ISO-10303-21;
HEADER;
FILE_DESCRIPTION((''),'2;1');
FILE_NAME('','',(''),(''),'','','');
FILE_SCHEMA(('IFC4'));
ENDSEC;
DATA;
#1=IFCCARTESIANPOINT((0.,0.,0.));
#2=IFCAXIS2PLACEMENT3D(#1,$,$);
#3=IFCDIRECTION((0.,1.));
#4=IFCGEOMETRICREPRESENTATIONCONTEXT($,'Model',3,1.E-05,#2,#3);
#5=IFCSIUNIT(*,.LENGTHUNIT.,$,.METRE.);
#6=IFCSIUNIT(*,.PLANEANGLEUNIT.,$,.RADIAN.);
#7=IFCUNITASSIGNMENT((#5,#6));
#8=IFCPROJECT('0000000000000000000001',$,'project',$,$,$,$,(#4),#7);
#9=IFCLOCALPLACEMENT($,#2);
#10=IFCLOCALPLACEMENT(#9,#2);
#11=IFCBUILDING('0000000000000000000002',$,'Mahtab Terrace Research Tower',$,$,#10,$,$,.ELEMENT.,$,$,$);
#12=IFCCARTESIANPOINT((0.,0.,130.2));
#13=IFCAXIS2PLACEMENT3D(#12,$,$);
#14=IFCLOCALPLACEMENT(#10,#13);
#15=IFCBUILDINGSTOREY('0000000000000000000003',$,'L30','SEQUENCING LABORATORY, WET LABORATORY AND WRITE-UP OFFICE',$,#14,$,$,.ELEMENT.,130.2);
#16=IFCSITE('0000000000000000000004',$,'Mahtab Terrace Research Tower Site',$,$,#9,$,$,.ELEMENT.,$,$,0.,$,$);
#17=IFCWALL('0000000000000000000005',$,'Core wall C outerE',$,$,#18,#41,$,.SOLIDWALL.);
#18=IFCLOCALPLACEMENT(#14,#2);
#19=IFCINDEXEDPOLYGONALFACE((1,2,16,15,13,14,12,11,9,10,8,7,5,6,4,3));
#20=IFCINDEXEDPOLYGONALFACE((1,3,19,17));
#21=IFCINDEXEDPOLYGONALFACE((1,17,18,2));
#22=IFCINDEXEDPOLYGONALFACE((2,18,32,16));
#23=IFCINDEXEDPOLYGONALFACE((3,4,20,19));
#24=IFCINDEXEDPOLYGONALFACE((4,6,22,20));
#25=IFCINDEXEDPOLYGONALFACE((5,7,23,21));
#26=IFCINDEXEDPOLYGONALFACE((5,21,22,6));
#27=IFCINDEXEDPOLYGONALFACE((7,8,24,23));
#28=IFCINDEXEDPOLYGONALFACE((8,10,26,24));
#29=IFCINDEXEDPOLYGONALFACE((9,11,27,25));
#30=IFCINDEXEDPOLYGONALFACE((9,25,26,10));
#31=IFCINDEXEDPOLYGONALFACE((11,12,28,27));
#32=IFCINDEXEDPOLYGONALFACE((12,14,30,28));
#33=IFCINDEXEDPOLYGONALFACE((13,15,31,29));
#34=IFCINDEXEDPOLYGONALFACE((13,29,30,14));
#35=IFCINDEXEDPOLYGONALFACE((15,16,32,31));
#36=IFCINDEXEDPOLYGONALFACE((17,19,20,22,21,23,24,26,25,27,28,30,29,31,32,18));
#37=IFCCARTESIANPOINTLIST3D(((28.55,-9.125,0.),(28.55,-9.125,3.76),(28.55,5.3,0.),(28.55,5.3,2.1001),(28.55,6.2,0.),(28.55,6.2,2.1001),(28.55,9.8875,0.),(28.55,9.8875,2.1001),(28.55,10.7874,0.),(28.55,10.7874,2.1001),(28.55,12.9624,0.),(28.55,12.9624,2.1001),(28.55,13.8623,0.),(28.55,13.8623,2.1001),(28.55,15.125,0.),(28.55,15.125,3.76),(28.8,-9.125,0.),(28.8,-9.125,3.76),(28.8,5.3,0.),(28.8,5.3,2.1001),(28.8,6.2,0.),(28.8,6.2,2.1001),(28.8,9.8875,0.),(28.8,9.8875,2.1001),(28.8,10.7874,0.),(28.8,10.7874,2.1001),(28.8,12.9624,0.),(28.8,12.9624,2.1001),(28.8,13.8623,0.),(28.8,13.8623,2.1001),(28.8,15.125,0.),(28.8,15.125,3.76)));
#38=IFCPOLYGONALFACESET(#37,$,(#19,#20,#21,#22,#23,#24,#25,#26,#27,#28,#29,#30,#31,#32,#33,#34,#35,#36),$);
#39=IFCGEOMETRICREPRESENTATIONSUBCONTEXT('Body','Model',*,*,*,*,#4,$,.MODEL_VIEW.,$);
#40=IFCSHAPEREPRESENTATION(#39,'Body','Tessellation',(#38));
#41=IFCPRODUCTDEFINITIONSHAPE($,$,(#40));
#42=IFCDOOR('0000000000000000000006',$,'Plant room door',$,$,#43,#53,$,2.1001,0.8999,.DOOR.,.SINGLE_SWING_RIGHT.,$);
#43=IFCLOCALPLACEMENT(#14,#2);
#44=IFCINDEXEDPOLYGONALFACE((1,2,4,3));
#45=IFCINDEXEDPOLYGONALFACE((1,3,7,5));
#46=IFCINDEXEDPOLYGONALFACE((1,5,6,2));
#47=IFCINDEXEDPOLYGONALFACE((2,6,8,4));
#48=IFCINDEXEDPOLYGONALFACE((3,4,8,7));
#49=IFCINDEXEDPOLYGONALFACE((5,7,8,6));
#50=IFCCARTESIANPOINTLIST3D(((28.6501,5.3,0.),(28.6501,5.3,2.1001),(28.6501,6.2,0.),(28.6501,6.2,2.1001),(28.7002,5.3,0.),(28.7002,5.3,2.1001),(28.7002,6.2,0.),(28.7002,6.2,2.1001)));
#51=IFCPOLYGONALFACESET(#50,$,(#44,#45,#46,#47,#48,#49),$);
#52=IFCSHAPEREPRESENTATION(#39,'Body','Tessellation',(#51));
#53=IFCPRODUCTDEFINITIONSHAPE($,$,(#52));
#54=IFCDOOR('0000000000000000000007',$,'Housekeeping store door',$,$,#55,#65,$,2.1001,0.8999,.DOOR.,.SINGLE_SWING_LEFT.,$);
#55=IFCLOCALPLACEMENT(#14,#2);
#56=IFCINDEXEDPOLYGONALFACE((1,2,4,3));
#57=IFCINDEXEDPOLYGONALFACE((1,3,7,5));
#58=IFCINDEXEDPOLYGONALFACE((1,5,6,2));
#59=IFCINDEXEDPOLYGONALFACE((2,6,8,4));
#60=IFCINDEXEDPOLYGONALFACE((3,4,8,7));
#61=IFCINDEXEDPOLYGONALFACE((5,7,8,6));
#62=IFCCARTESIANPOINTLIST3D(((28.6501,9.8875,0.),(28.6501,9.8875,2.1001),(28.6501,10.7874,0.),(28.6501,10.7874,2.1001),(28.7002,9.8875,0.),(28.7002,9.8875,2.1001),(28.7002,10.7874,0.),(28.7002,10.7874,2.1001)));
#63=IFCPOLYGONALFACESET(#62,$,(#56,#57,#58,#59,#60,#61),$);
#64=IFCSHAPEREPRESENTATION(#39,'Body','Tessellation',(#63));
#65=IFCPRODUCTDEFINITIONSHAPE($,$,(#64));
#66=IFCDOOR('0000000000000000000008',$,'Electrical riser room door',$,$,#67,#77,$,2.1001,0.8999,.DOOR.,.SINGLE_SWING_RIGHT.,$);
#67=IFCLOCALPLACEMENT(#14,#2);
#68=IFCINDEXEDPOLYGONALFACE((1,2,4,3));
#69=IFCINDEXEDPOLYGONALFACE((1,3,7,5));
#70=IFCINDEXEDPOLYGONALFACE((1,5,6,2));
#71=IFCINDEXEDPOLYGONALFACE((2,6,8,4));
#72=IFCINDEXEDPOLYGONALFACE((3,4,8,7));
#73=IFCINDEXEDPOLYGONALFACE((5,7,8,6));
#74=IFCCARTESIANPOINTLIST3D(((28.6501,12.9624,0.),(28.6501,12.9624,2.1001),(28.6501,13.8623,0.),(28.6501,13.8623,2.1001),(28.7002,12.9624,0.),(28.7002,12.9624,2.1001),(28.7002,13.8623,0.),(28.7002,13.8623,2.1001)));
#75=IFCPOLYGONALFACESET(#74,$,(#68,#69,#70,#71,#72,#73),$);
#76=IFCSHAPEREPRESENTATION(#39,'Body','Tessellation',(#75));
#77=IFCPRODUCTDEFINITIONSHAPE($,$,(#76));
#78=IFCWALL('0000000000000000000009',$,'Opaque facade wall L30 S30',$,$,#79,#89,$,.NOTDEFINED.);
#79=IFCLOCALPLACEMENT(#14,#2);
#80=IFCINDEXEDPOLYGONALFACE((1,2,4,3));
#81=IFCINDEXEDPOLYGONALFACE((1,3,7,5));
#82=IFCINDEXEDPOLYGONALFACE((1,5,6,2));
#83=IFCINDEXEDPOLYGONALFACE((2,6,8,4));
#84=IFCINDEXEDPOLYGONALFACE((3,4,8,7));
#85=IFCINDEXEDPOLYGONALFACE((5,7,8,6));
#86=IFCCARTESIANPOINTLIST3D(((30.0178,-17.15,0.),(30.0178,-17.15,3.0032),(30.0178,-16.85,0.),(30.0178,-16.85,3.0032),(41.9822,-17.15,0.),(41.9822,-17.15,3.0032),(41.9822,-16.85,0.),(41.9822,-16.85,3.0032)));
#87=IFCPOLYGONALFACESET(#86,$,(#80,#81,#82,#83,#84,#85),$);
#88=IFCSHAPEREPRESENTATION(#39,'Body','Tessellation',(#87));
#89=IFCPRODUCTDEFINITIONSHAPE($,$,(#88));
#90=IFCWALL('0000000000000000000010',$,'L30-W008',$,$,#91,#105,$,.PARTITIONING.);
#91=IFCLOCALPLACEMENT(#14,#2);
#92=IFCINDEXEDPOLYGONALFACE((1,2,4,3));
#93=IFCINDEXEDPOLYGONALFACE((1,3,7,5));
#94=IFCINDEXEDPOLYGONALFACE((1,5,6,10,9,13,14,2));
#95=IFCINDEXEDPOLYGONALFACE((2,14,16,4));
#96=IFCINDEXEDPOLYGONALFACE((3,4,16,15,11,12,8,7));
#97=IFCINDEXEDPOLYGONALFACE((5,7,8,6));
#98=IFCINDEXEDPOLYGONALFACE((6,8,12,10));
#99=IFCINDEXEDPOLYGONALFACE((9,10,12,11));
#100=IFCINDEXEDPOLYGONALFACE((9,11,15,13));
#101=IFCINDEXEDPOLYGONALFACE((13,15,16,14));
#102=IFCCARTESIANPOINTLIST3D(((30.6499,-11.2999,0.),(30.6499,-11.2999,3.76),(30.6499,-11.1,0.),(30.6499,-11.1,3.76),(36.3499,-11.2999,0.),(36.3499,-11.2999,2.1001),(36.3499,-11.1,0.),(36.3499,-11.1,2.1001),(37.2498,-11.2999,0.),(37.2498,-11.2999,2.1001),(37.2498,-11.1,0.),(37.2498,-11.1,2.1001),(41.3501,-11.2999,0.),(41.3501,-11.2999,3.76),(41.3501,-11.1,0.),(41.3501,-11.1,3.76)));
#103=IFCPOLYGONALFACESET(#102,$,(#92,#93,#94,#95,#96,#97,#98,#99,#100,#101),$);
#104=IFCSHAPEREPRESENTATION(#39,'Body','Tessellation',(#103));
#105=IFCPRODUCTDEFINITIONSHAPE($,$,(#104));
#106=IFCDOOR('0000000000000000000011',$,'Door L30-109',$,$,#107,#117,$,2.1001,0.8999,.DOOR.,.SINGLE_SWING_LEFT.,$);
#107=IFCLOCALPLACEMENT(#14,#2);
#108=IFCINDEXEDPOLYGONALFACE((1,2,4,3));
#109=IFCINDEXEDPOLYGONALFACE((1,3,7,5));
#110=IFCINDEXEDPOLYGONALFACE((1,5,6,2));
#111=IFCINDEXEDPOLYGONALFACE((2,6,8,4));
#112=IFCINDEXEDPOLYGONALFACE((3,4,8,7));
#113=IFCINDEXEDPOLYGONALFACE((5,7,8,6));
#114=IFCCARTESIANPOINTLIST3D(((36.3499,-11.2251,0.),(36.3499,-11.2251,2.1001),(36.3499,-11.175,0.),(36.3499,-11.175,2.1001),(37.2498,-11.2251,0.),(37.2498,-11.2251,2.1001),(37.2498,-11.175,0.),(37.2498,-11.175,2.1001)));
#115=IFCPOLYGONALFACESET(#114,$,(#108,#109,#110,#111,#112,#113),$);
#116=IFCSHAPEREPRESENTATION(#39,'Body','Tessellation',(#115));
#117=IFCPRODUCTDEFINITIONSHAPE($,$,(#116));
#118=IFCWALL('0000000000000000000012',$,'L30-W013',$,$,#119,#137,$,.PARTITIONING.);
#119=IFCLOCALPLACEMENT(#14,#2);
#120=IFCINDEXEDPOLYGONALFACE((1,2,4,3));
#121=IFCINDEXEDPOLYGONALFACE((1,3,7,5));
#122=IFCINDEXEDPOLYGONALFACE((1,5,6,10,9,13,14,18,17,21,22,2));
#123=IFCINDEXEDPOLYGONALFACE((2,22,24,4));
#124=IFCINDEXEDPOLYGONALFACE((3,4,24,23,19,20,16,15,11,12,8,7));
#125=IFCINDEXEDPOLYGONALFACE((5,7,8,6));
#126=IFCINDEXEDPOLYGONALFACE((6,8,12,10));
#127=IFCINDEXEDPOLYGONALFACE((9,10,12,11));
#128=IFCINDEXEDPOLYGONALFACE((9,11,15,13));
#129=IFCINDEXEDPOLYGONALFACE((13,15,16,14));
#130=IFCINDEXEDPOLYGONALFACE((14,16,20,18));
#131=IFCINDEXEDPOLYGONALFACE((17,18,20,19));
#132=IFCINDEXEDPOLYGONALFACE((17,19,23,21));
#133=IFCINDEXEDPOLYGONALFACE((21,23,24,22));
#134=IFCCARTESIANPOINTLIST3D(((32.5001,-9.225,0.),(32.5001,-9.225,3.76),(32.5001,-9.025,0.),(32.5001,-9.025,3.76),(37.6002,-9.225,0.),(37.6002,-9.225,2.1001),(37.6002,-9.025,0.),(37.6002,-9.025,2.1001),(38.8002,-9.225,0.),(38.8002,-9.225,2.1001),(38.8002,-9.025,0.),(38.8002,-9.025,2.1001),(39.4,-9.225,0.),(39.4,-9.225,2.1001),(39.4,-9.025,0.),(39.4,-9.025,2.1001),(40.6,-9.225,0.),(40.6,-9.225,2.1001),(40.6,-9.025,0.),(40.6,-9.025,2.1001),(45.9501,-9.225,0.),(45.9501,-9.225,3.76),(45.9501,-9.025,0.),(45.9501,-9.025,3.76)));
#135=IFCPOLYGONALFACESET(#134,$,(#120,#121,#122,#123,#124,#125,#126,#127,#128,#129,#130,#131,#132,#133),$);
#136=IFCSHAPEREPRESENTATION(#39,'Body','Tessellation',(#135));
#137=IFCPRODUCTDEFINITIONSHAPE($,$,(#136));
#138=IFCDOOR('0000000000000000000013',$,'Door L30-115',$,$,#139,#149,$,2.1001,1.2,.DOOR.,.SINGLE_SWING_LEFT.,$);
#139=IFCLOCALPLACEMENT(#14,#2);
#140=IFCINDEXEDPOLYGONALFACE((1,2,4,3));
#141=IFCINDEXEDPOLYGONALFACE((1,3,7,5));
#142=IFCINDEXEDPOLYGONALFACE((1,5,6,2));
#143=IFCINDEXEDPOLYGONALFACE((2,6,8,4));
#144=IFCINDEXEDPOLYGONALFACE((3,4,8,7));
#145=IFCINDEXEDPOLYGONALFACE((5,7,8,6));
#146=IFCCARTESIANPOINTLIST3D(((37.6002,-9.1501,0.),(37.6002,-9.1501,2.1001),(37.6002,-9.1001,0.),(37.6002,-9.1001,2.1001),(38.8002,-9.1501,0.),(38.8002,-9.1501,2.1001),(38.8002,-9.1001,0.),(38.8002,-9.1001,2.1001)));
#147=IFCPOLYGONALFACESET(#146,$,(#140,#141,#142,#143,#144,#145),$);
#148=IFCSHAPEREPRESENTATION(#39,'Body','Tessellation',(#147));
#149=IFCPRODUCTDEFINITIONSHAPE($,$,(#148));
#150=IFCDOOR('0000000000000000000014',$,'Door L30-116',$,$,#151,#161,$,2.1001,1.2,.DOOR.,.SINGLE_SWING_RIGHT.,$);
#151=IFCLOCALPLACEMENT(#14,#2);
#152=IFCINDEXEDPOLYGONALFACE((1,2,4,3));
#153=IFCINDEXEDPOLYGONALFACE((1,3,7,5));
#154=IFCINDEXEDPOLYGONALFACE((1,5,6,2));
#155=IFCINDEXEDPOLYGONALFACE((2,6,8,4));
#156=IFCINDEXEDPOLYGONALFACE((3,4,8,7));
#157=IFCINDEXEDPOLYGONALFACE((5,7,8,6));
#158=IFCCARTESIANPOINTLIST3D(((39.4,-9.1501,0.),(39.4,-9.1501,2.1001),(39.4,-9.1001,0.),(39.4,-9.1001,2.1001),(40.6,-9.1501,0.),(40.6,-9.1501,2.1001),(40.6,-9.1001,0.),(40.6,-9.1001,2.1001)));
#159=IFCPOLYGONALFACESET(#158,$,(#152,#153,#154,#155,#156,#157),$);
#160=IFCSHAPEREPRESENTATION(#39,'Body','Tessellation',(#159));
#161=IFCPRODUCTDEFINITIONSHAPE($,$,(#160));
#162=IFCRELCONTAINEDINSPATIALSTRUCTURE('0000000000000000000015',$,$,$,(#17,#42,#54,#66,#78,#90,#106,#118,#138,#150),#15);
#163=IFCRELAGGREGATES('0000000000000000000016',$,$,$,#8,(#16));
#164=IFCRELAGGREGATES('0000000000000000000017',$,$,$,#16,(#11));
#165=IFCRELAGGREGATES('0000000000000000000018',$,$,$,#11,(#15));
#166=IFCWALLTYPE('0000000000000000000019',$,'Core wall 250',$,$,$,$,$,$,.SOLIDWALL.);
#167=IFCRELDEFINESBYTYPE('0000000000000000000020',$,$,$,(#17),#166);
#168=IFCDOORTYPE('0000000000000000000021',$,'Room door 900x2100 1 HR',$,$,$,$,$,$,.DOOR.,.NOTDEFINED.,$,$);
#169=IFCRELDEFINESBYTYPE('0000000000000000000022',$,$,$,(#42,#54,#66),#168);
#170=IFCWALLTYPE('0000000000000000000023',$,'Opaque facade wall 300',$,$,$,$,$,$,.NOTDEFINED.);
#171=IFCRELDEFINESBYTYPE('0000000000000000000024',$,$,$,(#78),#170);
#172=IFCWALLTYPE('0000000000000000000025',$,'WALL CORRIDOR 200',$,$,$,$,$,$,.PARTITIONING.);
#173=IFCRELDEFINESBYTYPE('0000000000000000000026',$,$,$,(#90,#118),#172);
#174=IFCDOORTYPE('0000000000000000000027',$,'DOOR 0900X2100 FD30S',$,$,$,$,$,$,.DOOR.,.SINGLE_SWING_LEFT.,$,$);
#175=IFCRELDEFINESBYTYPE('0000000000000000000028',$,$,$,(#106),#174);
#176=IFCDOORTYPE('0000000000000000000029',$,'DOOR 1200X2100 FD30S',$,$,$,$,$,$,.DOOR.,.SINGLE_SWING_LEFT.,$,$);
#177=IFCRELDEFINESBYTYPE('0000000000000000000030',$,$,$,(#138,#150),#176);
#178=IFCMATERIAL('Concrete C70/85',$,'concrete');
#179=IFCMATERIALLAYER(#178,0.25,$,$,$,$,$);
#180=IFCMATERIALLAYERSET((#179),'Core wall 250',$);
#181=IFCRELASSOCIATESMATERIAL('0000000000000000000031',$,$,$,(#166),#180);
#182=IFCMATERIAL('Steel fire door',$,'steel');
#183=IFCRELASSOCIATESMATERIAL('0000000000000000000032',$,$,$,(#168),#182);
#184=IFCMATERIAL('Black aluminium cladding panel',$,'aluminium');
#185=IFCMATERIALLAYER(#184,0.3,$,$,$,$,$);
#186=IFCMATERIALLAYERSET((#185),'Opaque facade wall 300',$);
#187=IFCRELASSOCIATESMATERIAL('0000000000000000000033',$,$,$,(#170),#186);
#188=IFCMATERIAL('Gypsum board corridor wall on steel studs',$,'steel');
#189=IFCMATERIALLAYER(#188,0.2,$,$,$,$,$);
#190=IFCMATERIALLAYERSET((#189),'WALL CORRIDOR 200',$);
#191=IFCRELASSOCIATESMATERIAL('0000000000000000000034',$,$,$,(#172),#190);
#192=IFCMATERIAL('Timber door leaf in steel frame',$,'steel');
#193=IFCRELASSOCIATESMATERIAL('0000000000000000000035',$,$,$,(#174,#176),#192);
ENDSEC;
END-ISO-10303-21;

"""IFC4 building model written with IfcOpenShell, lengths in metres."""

from ifc_helpers import new_model, si_unit, direction, frame, frame_2d, origin, place, context, subcontext, project, spatial, rectangle, extrude, material, layer, layer_set, type_object, element, fill, save


model = new_model("IFC4")

# Units and contexts
model_context = context("Model", 3, precision=1e-05, world=origin(), true_north=direction((0.0, 1.0)))
body_context = subcontext(model_context, "Body", "Model", "MODEL_VIEW")
ifc_project = project(units=[si_unit("LENGTHUNIT", "METRE"), si_unit("PLANEANGLEUNIT", "RADIAN")], contexts=[model_context])

# Site, building, storey
site_placement = place(None, origin())
site = spatial("IfcSite", under=ifc_project, at=site_placement, Name="Mahtab Terrace Research Tower Site", CompositionType="ELEMENT", RefElevation=0.0)
building_placement = place(site_placement, origin())
building = spatial("IfcBuilding", under=site, at=building_placement, Name="Mahtab Terrace Research Tower", CompositionType="ELEMENT")
storey_placement = place(building_placement, frame((0.0, 0.0, 130.2)))
storey = spatial("IfcBuildingStorey", under=building, at=storey_placement, Name="L30", Description="SEQUENCING LABORATORY, WET LABORATORY AND WRITE-UP OFFICE", CompositionType="ELEMENT", Elevation=130.2)

# Shared definitions
ifc_material_1 = material(Name="Concrete C70/85", Category="concrete")

# Wall, openings, doors
ifc_layer_1 = layer(ifc_material_1, 0.25)
ifc_layer_set_1 = layer_set([ifc_layer_1], Name="Core wall 250")
wall_type_1 = type_object("IfcWallType", Name="Core wall 250", PredefinedType="SOLIDWALL", material=ifc_layer_set_1)
wall_1_placement = place(storey_placement, frame((28.675, -9.125, 0.0), z_axis=(0.0, 0.0, 1.0), x_axis=(0.0, 1.0, 0.0)))
wall_1 = element("IfcWall", 1, at=wall_1_placement, inside=storey, type_object=wall_type_1, Name="Core wall C outerE", PredefinedType="SOLIDWALL", context=body_context, shape_type="SweptSolid", body=[
    extrude(rectangle(XDim=24.25, YDim=0.25, at=frame_2d((12.125, 0.0))), origin(), (0.0, 0.0, 1.0), 3.76),
])
opening_1_placement = place(wall_1_placement, frame((14.425, 0.0, 0.0)))
opening_1 = element("IfcOpeningElement", 2, at=opening_1_placement, cuts=wall_1, PredefinedType="OPENING", context=body_context, shape_type="SweptSolid", body=[
    extrude(rectangle(XDim=0.8999, YDim=2.1001, at=frame_2d((0.45, 1.05))), frame((0.0, 0.135, 0.0), z_axis=(0.0, -1.0, 0.0), x_axis=(1.0, 0.0, 0.0)), (0.0, 0.0, 1.0), 0.27),
])
opening_2_placement = place(wall_1_placement, frame((19.0125, 0.0, 0.0)))
opening_2 = element("IfcOpeningElement", 3, at=opening_2_placement, cuts=wall_1, PredefinedType="OPENING", context=body_context, shape_type="SweptSolid", body=[
    extrude(rectangle(XDim=0.8999, YDim=2.1001, at=frame_2d((0.45, 1.05))), frame((0.0, 0.135, 0.0), z_axis=(0.0, -1.0, 0.0), x_axis=(1.0, 0.0, 0.0)), (0.0, 0.0, 1.0), 0.27),
])
opening_3_placement = place(wall_1_placement, frame((22.0874, 0.0, 0.0)))
opening_3 = element("IfcOpeningElement", 4, at=opening_3_placement, cuts=wall_1, PredefinedType="OPENING", context=body_context, shape_type="SweptSolid", body=[
    extrude(rectangle(XDim=0.8999, YDim=2.1001, at=frame_2d((0.45, 1.05))), frame((0.0, 0.135, 0.0), z_axis=(0.0, -1.0, 0.0), x_axis=(1.0, 0.0, 0.0)), (0.0, 0.0, 1.0), 0.27),
])
ifc_material_2 = material(Name="Steel fire door", Category="steel")
door_type_1 = type_object("IfcDoorType", Name="Room door 900x2100 1 HR", OperationType="NOTDEFINED", PredefinedType="DOOR", material=ifc_material_2)
door_1_placement = place(opening_1_placement, origin())
door_1 = element("IfcDoor", 5, at=door_1_placement, inside=storey, type_object=door_type_1, Name="Plant room door", OperationType="SINGLE_SWING_RIGHT", OverallHeight=2.1001, OverallWidth=0.8999, PredefinedType="DOOR", context=body_context, shape_type="SweptSolid", body=[
    extrude(rectangle(XDim=0.8999, YDim=2.1001, at=frame_2d((0.45, 1.05))), frame((0.0, 0.0249, 0.0), z_axis=(0.0, -1.0, 0.0), x_axis=(1.0, 0.0, 0.0)), (0.0, 0.0, 1.0), 0.05),
])
fill(opening_1, door_1)
door_2_placement = place(opening_2_placement, origin())
door_2 = element("IfcDoor", 6, at=door_2_placement, inside=storey, type_object=door_type_1, Name="Housekeeping store door", OperationType="SINGLE_SWING_LEFT", OverallHeight=2.1001, OverallWidth=0.8999, PredefinedType="DOOR", context=body_context, shape_type="SweptSolid", body=[
    extrude(rectangle(XDim=0.8999, YDim=2.1001, at=frame_2d((0.45, 1.05))), frame((0.0, 0.0249, 0.0), z_axis=(0.0, -1.0, 0.0), x_axis=(1.0, 0.0, 0.0)), (0.0, 0.0, 1.0), 0.05),
])
fill(opening_2, door_2)
door_3_placement = place(opening_3_placement, origin())
door_3 = element("IfcDoor", 7, at=door_3_placement, inside=storey, type_object=door_type_1, Name="Electrical riser room door", OperationType="SINGLE_SWING_RIGHT", OverallHeight=2.1001, OverallWidth=0.8999, PredefinedType="DOOR", context=body_context, shape_type="SweptSolid", body=[
    extrude(rectangle(XDim=0.8999, YDim=2.1001, at=frame_2d((0.45, 1.05))), frame((0.0, 0.0249, 0.0), z_axis=(0.0, -1.0, 0.0), x_axis=(1.0, 0.0, 0.0)), (0.0, 0.0, 1.0), 0.05),
])
fill(opening_3, door_3)

# Wall
ifc_material_3 = material(Name="Black aluminium cladding panel", Category="aluminium")
ifc_layer_2 = layer(ifc_material_3, 0.3)
ifc_layer_set_2 = layer_set([ifc_layer_2], Name="Opaque facade wall 300")
wall_type_2 = type_object("IfcWallType", Name="Opaque facade wall 300", PredefinedType="NOTDEFINED", material=ifc_layer_set_2)
wall_2_placement = place(storey_placement, frame((30.0178, -17.0, 0.0), z_axis=(0.0, 0.0, 1.0), x_axis=(1.0, 0.0, 0.0)))
element("IfcWall", 8, at=wall_2_placement, inside=storey, type_object=wall_type_2, Name="Opaque facade wall L30 S30", PredefinedType="NOTDEFINED", context=body_context, shape_type="SweptSolid", body=[
    extrude(rectangle(XDim=11.9644, YDim=0.3, at=frame_2d((5.9822, 0.0))), origin(), (0.0, 0.0, 1.0), 3.0032),
])

# Wall, opening, door
ifc_material_4 = material(Name="Gypsum board corridor wall on steel studs", Category="steel")
ifc_layer_3 = layer(ifc_material_4, 0.2)
ifc_layer_set_3 = layer_set([ifc_layer_3], Name="WALL CORRIDOR 200")
wall_type_3 = type_object("IfcWallType", Name="WALL CORRIDOR 200", PredefinedType="PARTITIONING", material=ifc_layer_set_3)
wall_3_placement = place(storey_placement, frame((30.6499, -11.2, 0.0), z_axis=(0.0, 0.0, 1.0), x_axis=(1.0, 0.0, 0.0)))
wall_3 = element("IfcWall", 9, at=wall_3_placement, inside=storey, type_object=wall_type_3, Name="L30-W008", PredefinedType="PARTITIONING", context=body_context, shape_type="SweptSolid", body=[
    extrude(rectangle(XDim=10.7002, YDim=0.2, at=frame_2d((5.3501, 0.0))), origin(), (0.0, 0.0, 1.0), 3.76),
])
opening_4_placement = place(wall_3_placement, frame((5.7, 0.0, 0.0)))
opening_4 = element("IfcOpeningElement", 10, at=opening_4_placement, cuts=wall_3, PredefinedType="OPENING", context=body_context, shape_type="SweptSolid", body=[
    extrude(rectangle(XDim=0.8999, YDim=2.1001, at=frame_2d((0.45, 1.05))), frame((0.0, 0.1099, 0.0), z_axis=(0.0, -1.0, 0.0), x_axis=(1.0, 0.0, 0.0)), (0.0, 0.0, 1.0), 0.22),
])
ifc_material_5 = material(Name="Timber door leaf in steel frame", Category="steel")
door_type_2 = type_object("IfcDoorType", Name="DOOR 0900X2100 FD30S", OperationType="SINGLE_SWING_LEFT", PredefinedType="DOOR", material=ifc_material_5)
door_4_placement = place(opening_4_placement, origin())
door_4 = element("IfcDoor", 11, at=door_4_placement, inside=storey, type_object=door_type_2, Name="Door L30-109", OperationType="SINGLE_SWING_LEFT", OverallHeight=2.1001, OverallWidth=0.8999, PredefinedType="DOOR", context=body_context, shape_type="SweptSolid", body=[
    extrude(rectangle(XDim=0.8999, YDim=2.1001, at=frame_2d((0.45, 1.05))), frame((0.0, 0.0249, 0.0), z_axis=(0.0, -1.0, 0.0), x_axis=(1.0, 0.0, 0.0)), (0.0, 0.0, 1.0), 0.05),
])
fill(opening_4, door_4)

# Wall, openings, doors
wall_4_placement = place(storey_placement, frame((32.5, -9.125, 0.0), z_axis=(0.0, 0.0, 1.0), x_axis=(1.0, 0.0, 0.0)))
wall_4 = element("IfcWall", 12, at=wall_4_placement, inside=storey, type_object=wall_type_3, Name="L30-W013", PredefinedType="PARTITIONING", context=body_context, shape_type="SweptSolid", body=[
    extrude(rectangle(XDim=13.45, YDim=0.2, at=frame_2d((6.7251, 0.0))), origin(), (0.0, 0.0, 1.0), 3.76),
])
opening_5_placement = place(wall_4_placement, frame((5.1001, 0.0, 0.0)))
opening_5 = element("IfcOpeningElement", 13, at=opening_5_placement, cuts=wall_4, PredefinedType="OPENING", context=body_context, shape_type="SweptSolid", body=[
    extrude(rectangle(XDim=1.2, YDim=2.1001, at=frame_2d((0.6001, 1.05))), frame((0.0, 0.1099, 0.0), z_axis=(0.0, -1.0, 0.0), x_axis=(1.0, 0.0, 0.0)), (0.0, 0.0, 1.0), 0.22),
])
opening_6_placement = place(wall_4_placement, frame((6.8999, 0.0, 0.0)))
opening_6 = element("IfcOpeningElement", 14, at=opening_6_placement, cuts=wall_4, PredefinedType="OPENING", context=body_context, shape_type="SweptSolid", body=[
    extrude(rectangle(XDim=1.2, YDim=2.1001, at=frame_2d((0.6001, 1.05))), frame((0.0, 0.1099, 0.0), z_axis=(0.0, -1.0, 0.0), x_axis=(1.0, 0.0, 0.0)), (0.0, 0.0, 1.0), 0.22),
])
door_type_3 = type_object("IfcDoorType", Name="DOOR 1200X2100 FD30S", OperationType="SINGLE_SWING_LEFT", PredefinedType="DOOR", material=ifc_material_5)
door_5_placement = place(opening_5_placement, origin())
door_5 = element("IfcDoor", 15, at=door_5_placement, inside=storey, type_object=door_type_3, Name="Door L30-115", OperationType="SINGLE_SWING_LEFT", OverallHeight=2.1001, OverallWidth=1.2, PredefinedType="DOOR", context=body_context, shape_type="SweptSolid", body=[
    extrude(rectangle(XDim=1.2, YDim=2.1001, at=frame_2d((0.6001, 1.05))), frame((0.0, 0.0249, 0.0), z_axis=(0.0, -1.0, 0.0), x_axis=(1.0, 0.0, 0.0)), (0.0, 0.0, 1.0), 0.05),
])
fill(opening_5, door_5)
door_6_placement = place(opening_6_placement, origin())
door_6 = element("IfcDoor", 16, at=door_6_placement, inside=storey, type_object=door_type_3, Name="Door L30-116", OperationType="SINGLE_SWING_RIGHT", OverallHeight=2.1001, OverallWidth=1.2, PredefinedType="DOOR", context=body_context, shape_type="SweptSolid", body=[
    extrude(rectangle(XDim=1.2, YDim=2.1001, at=frame_2d((0.6001, 1.05))), frame((0.0, 0.0249, 0.0), z_axis=(0.0, -1.0, 0.0), x_axis=(1.0, 0.0, 0.0)), (0.0, 0.0, 1.0), 0.05),
])
fill(opening_6, door_6)

save(model, "model.ifc")
